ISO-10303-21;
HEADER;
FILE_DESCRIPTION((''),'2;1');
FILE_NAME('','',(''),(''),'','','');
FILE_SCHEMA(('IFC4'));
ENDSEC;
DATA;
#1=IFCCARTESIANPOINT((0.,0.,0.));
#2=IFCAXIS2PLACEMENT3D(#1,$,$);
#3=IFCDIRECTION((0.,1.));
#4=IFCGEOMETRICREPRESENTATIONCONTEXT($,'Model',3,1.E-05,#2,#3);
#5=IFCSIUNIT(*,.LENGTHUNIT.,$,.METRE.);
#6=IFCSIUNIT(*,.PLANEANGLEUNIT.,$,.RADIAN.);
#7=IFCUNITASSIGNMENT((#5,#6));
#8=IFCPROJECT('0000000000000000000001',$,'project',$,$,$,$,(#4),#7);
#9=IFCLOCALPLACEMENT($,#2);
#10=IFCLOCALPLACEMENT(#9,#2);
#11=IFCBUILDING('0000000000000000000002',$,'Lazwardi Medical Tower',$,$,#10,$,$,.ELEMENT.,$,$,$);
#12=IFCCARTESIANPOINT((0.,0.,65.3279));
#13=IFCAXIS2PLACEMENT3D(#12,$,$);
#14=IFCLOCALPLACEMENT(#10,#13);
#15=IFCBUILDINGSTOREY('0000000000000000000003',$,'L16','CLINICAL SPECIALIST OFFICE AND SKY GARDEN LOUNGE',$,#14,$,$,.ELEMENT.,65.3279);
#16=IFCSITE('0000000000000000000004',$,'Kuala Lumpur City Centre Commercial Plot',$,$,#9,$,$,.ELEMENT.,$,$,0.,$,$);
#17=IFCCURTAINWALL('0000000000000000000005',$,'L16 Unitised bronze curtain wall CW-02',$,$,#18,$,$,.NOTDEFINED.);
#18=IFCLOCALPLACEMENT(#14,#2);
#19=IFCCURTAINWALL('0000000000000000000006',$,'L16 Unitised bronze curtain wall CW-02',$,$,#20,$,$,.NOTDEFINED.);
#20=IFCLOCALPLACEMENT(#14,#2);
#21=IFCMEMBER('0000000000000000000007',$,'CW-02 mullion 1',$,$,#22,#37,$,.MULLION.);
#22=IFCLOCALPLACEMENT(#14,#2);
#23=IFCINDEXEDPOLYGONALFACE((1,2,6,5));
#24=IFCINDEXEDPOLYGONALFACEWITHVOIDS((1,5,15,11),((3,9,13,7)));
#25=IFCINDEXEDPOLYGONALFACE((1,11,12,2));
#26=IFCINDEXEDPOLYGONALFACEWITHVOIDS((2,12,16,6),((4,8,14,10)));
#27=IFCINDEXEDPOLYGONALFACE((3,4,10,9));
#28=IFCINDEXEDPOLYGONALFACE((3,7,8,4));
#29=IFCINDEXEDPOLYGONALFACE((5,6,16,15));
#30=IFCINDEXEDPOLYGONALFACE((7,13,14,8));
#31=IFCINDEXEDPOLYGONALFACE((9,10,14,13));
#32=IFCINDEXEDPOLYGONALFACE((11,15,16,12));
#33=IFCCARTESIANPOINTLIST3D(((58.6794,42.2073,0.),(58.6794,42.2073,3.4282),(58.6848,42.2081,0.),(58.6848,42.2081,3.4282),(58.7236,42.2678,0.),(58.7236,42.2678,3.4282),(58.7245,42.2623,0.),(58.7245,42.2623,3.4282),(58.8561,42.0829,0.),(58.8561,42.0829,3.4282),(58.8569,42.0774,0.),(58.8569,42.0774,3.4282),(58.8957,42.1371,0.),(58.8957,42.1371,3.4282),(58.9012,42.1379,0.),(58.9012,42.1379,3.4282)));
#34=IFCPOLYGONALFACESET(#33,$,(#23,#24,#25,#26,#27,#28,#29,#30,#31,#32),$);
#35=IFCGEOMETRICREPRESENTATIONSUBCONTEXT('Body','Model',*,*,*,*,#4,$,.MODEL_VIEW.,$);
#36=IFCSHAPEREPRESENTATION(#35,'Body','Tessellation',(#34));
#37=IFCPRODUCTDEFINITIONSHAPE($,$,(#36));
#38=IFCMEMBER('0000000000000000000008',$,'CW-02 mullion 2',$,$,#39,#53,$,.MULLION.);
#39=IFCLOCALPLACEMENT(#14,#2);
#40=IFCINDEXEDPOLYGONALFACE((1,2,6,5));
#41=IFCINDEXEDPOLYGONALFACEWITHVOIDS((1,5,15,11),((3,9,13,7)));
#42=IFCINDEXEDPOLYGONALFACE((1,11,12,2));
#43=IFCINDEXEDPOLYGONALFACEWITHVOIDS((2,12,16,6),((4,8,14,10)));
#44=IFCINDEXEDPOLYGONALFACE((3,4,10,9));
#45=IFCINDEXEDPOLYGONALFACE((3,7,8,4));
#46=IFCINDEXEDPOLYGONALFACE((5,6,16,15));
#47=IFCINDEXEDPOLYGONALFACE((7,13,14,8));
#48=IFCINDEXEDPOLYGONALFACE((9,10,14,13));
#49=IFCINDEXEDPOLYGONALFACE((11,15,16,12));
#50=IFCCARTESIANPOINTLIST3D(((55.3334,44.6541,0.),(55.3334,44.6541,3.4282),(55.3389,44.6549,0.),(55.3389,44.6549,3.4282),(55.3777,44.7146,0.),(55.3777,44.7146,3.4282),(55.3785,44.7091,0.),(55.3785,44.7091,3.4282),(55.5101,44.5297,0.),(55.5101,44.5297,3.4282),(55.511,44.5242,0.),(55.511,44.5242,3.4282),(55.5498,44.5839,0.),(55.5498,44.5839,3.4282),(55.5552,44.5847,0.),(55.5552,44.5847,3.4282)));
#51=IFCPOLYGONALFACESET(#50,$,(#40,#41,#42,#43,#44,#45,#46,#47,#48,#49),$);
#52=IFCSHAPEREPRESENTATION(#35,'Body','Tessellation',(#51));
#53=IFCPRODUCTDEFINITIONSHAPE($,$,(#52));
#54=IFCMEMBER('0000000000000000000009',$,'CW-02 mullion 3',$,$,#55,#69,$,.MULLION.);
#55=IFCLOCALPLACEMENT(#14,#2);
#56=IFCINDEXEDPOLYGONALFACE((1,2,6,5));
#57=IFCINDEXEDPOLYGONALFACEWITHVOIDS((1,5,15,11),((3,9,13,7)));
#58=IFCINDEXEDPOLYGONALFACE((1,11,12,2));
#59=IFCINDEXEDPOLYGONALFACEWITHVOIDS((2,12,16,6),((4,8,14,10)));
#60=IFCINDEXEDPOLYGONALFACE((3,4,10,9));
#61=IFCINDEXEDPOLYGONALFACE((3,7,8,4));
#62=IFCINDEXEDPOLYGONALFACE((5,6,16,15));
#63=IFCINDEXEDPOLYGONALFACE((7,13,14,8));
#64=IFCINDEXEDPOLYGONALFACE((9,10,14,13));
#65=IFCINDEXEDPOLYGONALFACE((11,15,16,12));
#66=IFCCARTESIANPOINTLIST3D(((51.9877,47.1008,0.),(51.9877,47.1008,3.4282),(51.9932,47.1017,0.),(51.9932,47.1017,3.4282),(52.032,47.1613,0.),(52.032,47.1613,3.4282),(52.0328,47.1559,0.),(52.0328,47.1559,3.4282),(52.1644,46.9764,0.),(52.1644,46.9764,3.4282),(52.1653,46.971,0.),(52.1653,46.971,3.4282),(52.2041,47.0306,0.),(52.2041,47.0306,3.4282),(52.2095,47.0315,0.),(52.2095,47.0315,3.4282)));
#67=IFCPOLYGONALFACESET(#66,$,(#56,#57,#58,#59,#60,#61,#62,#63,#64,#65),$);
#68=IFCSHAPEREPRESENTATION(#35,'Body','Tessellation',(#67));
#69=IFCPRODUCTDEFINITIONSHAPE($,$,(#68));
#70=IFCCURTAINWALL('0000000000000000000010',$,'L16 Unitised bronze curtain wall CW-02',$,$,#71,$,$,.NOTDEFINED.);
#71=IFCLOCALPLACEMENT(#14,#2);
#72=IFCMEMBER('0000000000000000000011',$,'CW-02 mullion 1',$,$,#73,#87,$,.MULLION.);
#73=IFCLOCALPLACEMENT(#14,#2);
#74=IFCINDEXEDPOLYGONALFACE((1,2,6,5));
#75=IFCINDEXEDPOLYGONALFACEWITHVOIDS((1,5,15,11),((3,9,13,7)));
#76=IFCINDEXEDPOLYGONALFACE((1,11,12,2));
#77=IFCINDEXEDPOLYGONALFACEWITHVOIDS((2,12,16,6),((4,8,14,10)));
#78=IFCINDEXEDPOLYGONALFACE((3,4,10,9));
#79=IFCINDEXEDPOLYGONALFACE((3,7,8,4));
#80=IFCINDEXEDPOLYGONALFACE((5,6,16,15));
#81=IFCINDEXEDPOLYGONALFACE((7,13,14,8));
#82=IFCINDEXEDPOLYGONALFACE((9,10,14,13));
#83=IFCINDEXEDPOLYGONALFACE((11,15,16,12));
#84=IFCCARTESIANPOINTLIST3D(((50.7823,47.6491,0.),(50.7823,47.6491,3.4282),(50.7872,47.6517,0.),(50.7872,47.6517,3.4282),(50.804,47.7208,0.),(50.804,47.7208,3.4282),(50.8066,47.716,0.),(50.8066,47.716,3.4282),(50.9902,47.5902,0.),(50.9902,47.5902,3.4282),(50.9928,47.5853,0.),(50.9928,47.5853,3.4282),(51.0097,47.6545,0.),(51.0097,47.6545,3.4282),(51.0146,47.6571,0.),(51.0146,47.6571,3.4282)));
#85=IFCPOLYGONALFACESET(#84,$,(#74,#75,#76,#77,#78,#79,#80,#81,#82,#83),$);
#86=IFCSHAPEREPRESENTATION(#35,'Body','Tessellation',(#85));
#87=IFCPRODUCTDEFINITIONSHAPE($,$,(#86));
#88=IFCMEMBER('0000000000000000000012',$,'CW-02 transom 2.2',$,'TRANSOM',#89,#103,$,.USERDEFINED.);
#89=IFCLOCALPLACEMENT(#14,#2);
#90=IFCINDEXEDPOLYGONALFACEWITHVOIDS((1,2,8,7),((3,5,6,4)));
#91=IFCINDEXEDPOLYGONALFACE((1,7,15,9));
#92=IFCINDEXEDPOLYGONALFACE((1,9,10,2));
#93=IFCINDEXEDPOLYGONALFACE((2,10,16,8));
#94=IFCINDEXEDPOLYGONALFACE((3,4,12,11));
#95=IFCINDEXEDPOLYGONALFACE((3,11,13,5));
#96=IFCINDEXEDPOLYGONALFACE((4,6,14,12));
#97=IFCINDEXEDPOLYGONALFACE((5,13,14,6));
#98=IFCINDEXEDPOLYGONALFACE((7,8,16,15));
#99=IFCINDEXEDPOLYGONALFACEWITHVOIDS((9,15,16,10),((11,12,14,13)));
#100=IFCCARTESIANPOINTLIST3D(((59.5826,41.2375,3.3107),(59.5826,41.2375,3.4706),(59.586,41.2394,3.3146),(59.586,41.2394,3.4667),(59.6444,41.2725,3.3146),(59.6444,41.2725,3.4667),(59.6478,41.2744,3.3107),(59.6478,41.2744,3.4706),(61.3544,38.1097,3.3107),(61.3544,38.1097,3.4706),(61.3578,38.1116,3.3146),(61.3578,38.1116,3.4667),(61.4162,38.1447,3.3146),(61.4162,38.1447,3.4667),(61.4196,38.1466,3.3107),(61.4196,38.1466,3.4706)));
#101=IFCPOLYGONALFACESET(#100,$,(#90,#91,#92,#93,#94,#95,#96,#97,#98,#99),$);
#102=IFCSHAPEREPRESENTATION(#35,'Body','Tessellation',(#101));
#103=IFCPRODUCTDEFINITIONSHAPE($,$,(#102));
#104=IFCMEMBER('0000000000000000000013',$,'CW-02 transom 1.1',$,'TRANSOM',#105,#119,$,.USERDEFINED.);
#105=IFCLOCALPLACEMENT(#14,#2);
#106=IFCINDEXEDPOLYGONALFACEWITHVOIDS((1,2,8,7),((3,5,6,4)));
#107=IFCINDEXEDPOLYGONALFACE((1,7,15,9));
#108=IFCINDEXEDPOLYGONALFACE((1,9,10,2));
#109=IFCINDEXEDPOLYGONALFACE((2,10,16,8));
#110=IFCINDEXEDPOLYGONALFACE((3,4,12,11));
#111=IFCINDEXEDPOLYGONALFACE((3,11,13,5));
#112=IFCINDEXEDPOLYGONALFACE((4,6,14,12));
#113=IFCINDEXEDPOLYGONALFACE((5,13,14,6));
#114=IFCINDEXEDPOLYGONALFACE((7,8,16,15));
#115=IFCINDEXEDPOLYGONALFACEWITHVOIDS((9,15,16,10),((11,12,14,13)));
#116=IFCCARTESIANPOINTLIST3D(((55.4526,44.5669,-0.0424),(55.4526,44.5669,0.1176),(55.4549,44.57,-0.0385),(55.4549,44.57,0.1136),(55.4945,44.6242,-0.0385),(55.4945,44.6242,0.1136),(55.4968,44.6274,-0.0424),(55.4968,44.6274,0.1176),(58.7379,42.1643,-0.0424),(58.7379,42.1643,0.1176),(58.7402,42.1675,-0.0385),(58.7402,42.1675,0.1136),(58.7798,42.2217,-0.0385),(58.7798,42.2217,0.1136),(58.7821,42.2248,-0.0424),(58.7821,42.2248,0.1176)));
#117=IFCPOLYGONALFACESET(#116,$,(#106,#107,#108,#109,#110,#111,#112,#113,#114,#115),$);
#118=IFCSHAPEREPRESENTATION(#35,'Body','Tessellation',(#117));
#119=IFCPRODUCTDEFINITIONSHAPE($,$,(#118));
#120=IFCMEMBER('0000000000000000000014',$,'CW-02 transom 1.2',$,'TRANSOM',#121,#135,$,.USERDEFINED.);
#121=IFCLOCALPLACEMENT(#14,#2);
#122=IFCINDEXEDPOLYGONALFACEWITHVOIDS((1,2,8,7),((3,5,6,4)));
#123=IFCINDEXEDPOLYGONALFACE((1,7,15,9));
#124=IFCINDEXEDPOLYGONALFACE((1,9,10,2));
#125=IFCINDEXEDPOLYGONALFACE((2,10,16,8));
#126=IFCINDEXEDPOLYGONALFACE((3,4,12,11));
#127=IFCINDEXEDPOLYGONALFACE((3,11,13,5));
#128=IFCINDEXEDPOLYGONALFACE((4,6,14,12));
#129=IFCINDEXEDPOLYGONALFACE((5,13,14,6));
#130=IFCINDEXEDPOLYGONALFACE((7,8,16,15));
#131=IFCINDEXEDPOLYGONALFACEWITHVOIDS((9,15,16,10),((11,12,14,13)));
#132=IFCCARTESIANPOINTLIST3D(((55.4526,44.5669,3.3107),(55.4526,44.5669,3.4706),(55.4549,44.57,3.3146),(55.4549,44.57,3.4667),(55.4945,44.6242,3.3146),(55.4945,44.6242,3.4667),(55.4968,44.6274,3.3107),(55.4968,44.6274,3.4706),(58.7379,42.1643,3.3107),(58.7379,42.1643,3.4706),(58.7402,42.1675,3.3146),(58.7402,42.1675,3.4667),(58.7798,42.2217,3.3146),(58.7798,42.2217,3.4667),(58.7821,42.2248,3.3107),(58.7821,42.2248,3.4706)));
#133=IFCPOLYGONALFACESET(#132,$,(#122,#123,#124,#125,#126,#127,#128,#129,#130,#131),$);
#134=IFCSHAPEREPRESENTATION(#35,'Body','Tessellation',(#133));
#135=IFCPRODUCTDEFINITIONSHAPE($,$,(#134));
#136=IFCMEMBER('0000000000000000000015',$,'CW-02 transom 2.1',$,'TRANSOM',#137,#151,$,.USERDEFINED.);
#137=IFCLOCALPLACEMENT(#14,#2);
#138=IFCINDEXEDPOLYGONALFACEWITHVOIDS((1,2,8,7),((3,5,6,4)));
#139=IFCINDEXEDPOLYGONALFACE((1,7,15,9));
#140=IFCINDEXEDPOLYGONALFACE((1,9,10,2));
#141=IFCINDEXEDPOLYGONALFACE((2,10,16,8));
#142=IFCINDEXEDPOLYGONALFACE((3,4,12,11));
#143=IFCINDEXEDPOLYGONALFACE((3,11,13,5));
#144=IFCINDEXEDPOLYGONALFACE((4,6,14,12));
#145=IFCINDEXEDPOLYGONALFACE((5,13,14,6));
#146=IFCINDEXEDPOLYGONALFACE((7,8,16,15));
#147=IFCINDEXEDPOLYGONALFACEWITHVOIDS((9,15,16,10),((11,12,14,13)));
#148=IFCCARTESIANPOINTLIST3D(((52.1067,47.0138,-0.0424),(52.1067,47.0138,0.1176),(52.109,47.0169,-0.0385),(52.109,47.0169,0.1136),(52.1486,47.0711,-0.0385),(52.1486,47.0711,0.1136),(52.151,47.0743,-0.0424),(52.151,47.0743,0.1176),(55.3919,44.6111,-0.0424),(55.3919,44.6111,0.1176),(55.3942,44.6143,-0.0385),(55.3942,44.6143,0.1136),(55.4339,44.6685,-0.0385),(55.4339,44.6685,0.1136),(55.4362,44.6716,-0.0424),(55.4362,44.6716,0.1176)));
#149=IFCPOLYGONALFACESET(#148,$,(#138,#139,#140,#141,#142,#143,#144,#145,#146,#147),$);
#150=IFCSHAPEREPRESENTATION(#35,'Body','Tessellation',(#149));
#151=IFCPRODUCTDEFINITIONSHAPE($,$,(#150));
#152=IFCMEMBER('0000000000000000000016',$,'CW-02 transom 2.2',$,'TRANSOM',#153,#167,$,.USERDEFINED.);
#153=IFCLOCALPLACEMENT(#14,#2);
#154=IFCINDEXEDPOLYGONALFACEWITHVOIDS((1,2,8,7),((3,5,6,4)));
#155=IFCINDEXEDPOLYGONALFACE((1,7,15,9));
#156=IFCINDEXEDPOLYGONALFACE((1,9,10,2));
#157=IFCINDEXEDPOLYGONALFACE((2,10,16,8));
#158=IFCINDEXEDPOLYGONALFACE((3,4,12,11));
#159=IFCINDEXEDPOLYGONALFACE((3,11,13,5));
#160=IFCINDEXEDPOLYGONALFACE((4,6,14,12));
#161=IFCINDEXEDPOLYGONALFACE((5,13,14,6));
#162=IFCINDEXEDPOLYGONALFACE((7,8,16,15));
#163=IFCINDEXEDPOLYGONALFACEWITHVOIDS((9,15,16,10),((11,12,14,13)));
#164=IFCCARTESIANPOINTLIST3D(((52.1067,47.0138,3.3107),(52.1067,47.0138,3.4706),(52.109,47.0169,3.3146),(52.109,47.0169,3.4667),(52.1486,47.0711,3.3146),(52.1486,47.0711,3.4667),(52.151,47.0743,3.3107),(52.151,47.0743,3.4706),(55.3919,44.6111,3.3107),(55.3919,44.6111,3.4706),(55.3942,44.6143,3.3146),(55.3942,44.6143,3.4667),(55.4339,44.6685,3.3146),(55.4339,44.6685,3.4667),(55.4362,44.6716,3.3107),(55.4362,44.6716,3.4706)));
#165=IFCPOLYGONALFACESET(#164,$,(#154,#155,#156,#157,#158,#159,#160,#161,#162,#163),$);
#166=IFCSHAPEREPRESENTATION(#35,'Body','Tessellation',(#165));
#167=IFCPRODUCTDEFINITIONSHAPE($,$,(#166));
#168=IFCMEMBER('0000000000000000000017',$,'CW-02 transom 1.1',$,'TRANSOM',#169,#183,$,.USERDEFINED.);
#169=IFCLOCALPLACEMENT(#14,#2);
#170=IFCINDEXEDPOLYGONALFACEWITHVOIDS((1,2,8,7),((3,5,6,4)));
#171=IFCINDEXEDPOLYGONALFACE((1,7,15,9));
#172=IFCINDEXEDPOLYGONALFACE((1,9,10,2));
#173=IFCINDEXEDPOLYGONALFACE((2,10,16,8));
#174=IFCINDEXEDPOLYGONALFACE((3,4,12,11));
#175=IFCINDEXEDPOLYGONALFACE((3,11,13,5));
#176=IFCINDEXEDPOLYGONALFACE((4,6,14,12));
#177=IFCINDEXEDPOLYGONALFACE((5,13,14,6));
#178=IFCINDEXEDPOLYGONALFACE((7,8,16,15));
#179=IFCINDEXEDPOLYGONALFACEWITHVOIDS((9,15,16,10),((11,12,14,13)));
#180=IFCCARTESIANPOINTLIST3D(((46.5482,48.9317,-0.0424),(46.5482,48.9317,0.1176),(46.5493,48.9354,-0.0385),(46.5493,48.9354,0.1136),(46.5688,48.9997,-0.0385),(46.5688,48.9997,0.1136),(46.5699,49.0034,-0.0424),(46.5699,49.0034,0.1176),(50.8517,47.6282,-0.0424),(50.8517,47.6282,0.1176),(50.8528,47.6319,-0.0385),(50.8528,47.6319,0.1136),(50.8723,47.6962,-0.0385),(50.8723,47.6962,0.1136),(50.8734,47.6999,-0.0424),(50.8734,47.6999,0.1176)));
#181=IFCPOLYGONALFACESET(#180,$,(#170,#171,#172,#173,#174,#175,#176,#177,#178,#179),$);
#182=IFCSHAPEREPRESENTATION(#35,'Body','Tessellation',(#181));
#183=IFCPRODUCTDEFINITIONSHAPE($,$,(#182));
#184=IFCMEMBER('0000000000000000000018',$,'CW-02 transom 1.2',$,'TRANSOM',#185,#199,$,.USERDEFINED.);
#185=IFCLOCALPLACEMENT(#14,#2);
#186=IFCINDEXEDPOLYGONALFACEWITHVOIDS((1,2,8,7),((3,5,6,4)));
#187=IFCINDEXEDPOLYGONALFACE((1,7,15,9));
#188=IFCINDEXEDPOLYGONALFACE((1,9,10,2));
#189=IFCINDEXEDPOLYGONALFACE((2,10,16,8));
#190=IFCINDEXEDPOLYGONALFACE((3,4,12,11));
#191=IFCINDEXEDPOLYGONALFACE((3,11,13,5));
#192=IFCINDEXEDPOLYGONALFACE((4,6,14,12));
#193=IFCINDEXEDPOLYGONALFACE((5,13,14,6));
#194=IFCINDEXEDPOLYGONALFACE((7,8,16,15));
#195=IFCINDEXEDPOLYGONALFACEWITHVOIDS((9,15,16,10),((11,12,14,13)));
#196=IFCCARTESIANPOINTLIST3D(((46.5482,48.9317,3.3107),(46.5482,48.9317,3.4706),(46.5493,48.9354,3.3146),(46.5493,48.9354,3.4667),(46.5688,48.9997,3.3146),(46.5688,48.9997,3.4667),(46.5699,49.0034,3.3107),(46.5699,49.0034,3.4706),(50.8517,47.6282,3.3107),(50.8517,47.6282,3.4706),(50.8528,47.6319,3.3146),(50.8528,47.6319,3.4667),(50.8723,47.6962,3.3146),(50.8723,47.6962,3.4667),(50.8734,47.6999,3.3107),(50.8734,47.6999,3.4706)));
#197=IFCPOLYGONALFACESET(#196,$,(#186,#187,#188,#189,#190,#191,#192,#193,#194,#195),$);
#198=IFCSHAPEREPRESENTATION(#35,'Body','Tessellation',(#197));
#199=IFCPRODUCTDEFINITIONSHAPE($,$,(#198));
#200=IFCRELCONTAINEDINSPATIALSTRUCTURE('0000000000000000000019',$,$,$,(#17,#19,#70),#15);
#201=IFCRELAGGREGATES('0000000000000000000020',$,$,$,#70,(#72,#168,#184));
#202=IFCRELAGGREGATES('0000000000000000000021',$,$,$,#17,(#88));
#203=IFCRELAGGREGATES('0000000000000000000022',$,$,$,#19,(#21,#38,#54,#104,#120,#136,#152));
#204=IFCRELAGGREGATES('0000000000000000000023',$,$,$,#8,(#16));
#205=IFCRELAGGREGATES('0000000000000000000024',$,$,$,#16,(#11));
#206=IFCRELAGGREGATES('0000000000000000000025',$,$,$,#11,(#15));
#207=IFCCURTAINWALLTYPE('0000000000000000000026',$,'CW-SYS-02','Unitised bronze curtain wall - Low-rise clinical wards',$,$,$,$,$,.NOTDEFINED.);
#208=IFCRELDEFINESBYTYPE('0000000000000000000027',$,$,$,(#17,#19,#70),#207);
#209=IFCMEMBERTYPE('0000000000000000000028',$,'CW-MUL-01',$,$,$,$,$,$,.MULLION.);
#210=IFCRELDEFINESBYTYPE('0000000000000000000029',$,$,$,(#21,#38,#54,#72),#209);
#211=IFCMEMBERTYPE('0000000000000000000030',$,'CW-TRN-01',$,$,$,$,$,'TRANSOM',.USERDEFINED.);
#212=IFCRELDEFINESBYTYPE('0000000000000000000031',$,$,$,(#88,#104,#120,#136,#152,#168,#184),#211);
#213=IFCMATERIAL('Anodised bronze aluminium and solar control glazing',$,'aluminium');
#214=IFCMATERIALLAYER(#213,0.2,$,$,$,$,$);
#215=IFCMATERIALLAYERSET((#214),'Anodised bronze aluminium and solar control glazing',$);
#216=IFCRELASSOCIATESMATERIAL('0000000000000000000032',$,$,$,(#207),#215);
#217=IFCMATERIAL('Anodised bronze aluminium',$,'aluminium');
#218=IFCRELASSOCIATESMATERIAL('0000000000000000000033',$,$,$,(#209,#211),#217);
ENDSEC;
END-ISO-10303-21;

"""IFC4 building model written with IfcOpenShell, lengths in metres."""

from ifc_helpers import new_model, si_unit, direction, frame, origin, origin_2d, place, context, subcontext, project, spatial, hollow_rectangle, extrude, material, layer, layer_set, material_profile, profile_set, type_object, element, aggregate, save


model = new_model("IFC4")

# Units and contexts
model_context = context("Model", 3, precision=1e-05, world=origin(), true_north=direction((0.0, 1.0)))
body_context = subcontext(model_context, "Body", "Model", "MODEL_VIEW")
ifc_project = project(units=[si_unit("LENGTHUNIT", "METRE"), si_unit("PLANEANGLEUNIT", "RADIAN")], contexts=[model_context])

# Site, building, storey
site_placement = place(None, origin())
site = spatial("IfcSite", under=ifc_project, at=site_placement, Name="Kuala Lumpur City Centre Commercial Plot", CompositionType="ELEMENT", RefElevation=0.0)
building_placement = place(site_placement, origin())
building = spatial("IfcBuilding", under=site, at=building_placement, Name="Lazwardi Medical Tower", CompositionType="ELEMENT")
storey_placement = place(building_placement, frame((0.0, 0.0, 65.3279)))
storey = spatial("IfcBuildingStorey", under=building, at=storey_placement, Name="L16", Description="CLINICAL SPECIALIST OFFICE AND SKY GARDEN LOUNGE", CompositionType="ELEMENT", Elevation=65.3279)

# Curtain wall
ifc_material_1 = material(Name="Anodised bronze aluminium and solar control glazing", Category="aluminium")
ifc_layer_1 = layer(ifc_material_1, 0.2)
ifc_layer_set_1 = layer_set([ifc_layer_1], Name="Anodised bronze aluminium and solar control glazing")
curtain_wall_type = type_object("IfcCurtainWallType", Name="CW-SYS-02", Description="Unitised bronze curtain wall - Low-rise clinical wards", PredefinedType="NOTDEFINED", material=ifc_layer_set_1)
curtain_wall_1_placement = place(storey_placement, origin())
curtain_wall_1 = element("IfcCurtainWall", 1, at=curtain_wall_1_placement, inside=storey, type_object=curtain_wall_type, Name="L16 Unitised bronze curtain wall CW-02", PredefinedType="NOTDEFINED")
ifc_material_2 = material(Name="Anodised bronze aluminium", Category="aluminium")
ifc_material_profile_1 = material_profile(ifc_material_2, hollow_rectangle(XDim=0.075, YDim=0.22, WallThickness=0.0039, at=origin_2d()), Name="ALU-MULLION 220x75x4")
ifc_profile_set_1 = profile_set([ifc_material_profile_1], Name="Anodised bronze aluminium")
member_type_1 = type_object("IfcMemberType", Name="CW-MUL-01", PredefinedType="MULLION", material=ifc_profile_set_1)

# Curtain wall, members
curtain_wall_2_placement = place(storey_placement, origin())
curtain_wall_2 = element("IfcCurtainWall", 2, at=curtain_wall_2_placement, inside=storey, type_object=curtain_wall_type, Name="L16 Unitised bronze curtain wall CW-02", PredefinedType="NOTDEFINED")
member_1_placement = place(storey_placement, frame((58.7903, 42.1726, 0.0), z_axis=(0.0, 0.0, 1.0), x_axis=(-0.590289, -0.807192, 0.0)))
member_1 = element("IfcMember", 3, at=member_1_placement, type_object=member_type_1, Name="CW-02 mullion 1", PredefinedType="MULLION", context=body_context, shape_type="SweptSolid", body=[
    extrude(hollow_rectangle(XDim=0.075, YDim=0.22, WallThickness=0.0039, at=origin_2d()), origin(), (0.0, 0.0, 1.0), 3.4282),
])
member_2_placement = place(storey_placement, frame((55.4443, 44.6194, 0.0), z_axis=(0.0, 0.0, 1.0), x_axis=(-0.590289, -0.807192, 0.0)))
member_2 = element("IfcMember", 4, at=member_2_placement, type_object=member_type_1, Name="CW-02 mullion 2", PredefinedType="MULLION", context=body_context, shape_type="SweptSolid", body=[
    extrude(hollow_rectangle(XDim=0.075, YDim=0.22, WallThickness=0.0039, at=origin_2d()), origin(), (0.0, 0.0, 1.0), 3.4282),
])
member_3_placement = place(storey_placement, frame((52.0986, 47.0662, 0.0), z_axis=(0.0, 0.0, 1.0), x_axis=(-0.590289, -0.807192, 0.0)))
member_3 = element("IfcMember", 5, at=member_3_placement, type_object=member_type_1, Name="CW-02 mullion 3", PredefinedType="MULLION", context=body_context, shape_type="SweptSolid", body=[
    extrude(hollow_rectangle(XDim=0.075, YDim=0.22, WallThickness=0.0039, at=origin_2d()), origin(), (0.0, 0.0, 1.0), 3.4282),
])

# Curtain wall, member
curtain_wall_3_placement = place(storey_placement, origin())
curtain_wall_3 = element("IfcCurtainWall", 6, at=curtain_wall_3_placement, inside=storey, type_object=curtain_wall_type, Name="L16 Unitised bronze curtain wall CW-02", PredefinedType="NOTDEFINED")
member_4_placement = place(storey_placement, frame((50.8984, 47.6531, 0.0), z_axis=(0.0, 0.0, 1.0), x_axis=(-0.289896, -0.957058, 0.0)))
member_4 = element("IfcMember", 7, at=member_4_placement, type_object=member_type_1, Name="CW-02 mullion 1", PredefinedType="MULLION", context=body_context, shape_type="SweptSolid", body=[
    extrude(hollow_rectangle(XDim=0.075, YDim=0.22, WallThickness=0.0039, at=origin_2d()), origin(), (0.0, 0.0, 1.0), 3.4282),
])

# Members
ifc_material_profile_2 = material_profile(ifc_material_2, hollow_rectangle(XDim=0.075, YDim=0.1599, WallThickness=0.0039, at=origin_2d()), Name="ALU-TRANSOM 160x75x4")
ifc_profile_set_2 = profile_set([ifc_material_profile_2], Name="Anodised bronze aluminium")
member_type_2 = type_object("IfcMemberType", Name="CW-TRN-01", ElementType="TRANSOM", PredefinedType="USERDEFINED", material=ifc_profile_set_2)
member_5_placement = place(storey_placement, frame((61.387, 38.1282, 3.3906), z_axis=(-0.492881, 0.870097, 0.0), x_axis=(-0.870097, -0.492881, 0.0)))
member_5 = element("IfcMember", 8, at=member_5_placement, type_object=member_type_2, Name="CW-02 transom 2.2", ObjectType="TRANSOM", PredefinedType="USERDEFINED", context=body_context, shape_type="SweptSolid", body=[
    extrude(hollow_rectangle(XDim=0.075, YDim=0.1599, WallThickness=0.0039, at=origin_2d()), origin(), (0.0, 0.0, 1.0), 3.5947),
])
member_6_placement = place(storey_placement, frame((58.76, 42.1946, 0.0376), z_axis=(-0.80719, 0.590292, 0.0), x_axis=(-0.590292, -0.80719, 0.0)))
member_6 = element("IfcMember", 9, at=member_6_placement, type_object=member_type_2, Name="CW-02 transom 1.1", ObjectType="TRANSOM", PredefinedType="USERDEFINED", context=body_context, shape_type="SweptSolid", body=[
    extrude(hollow_rectangle(XDim=0.075, YDim=0.1599, WallThickness=0.0039, at=origin_2d()), origin(), (0.0, 0.0, 1.0), 4.0701),
])
member_7_placement = place(storey_placement, frame((58.76, 42.1946, 3.3906), z_axis=(-0.80719, 0.590292, 0.0), x_axis=(-0.590292, -0.80719, 0.0)))
member_7 = element("IfcMember", 10, at=member_7_placement, type_object=member_type_2, Name="CW-02 transom 1.2", ObjectType="TRANSOM", PredefinedType="USERDEFINED", context=body_context, shape_type="SweptSolid", body=[
    extrude(hollow_rectangle(XDim=0.075, YDim=0.1599, WallThickness=0.0039, at=origin_2d()), origin(), (0.0, 0.0, 1.0), 4.0701),
])
member_8_placement = place(storey_placement, frame((55.4141, 44.6414, 0.0376), z_axis=(-0.807169, 0.59032, 0.0), x_axis=(-0.59032, -0.807169, 0.0)))
member_8 = element("IfcMember", 11, at=member_8_placement, type_object=member_type_2, Name="CW-02 transom 2.1", ObjectType="TRANSOM", PredefinedType="USERDEFINED", context=body_context, shape_type="SweptSolid", body=[
    extrude(hollow_rectangle(XDim=0.075, YDim=0.1599, WallThickness=0.0039, at=origin_2d()), origin(), (0.0, 0.0, 1.0), 4.0701),
])
member_9_placement = place(storey_placement, frame((55.4141, 44.6414, 3.3906), z_axis=(-0.807169, 0.59032, 0.0), x_axis=(-0.59032, -0.807169, 0.0)))
member_9 = element("IfcMember", 12, at=member_9_placement, type_object=member_type_2, Name="CW-02 transom 2.2", ObjectType="TRANSOM", PredefinedType="USERDEFINED", context=body_context, shape_type="SweptSolid", body=[
    extrude(hollow_rectangle(XDim=0.075, YDim=0.1599, WallThickness=0.0039, at=origin_2d()), origin(), (0.0, 0.0, 1.0), 4.0701),
])
member_10_placement = place(storey_placement, frame((50.8625, 47.6641, 0.0376), z_axis=(-0.957062, 0.289882, 0.0), x_axis=(-0.289882, -0.957062, 0.0)))
member_10 = element("IfcMember", 13, at=member_10_placement, type_object=member_type_2, Name="CW-02 transom 1.1", ObjectType="TRANSOM", PredefinedType="USERDEFINED", context=body_context, shape_type="SweptSolid", body=[
    extrude(hollow_rectangle(XDim=0.075, YDim=0.1599, WallThickness=0.0039, at=origin_2d()), origin(), (0.0, 0.0, 1.0), 4.4966),
])
member_11_placement = place(storey_placement, frame((50.8625, 47.6641, 3.3906), z_axis=(-0.957062, 0.289882, 0.0), x_axis=(-0.289882, -0.957062, 0.0)))
member_11 = element("IfcMember", 14, at=member_11_placement, type_object=member_type_2, Name="CW-02 transom 1.2", ObjectType="TRANSOM", PredefinedType="USERDEFINED", context=body_context, shape_type="SweptSolid", body=[
    extrude(hollow_rectangle(XDim=0.075, YDim=0.1599, WallThickness=0.0039, at=origin_2d()), origin(), (0.0, 0.0, 1.0), 4.4966),
])
aggregate(curtain_wall_3, [member_4, member_10, member_11])

aggregate(curtain_wall_1, [member_5])
aggregate(curtain_wall_2, [member_1, member_2, member_3, member_6, member_7, member_8, member_9])

save(model, "model.ifc")
